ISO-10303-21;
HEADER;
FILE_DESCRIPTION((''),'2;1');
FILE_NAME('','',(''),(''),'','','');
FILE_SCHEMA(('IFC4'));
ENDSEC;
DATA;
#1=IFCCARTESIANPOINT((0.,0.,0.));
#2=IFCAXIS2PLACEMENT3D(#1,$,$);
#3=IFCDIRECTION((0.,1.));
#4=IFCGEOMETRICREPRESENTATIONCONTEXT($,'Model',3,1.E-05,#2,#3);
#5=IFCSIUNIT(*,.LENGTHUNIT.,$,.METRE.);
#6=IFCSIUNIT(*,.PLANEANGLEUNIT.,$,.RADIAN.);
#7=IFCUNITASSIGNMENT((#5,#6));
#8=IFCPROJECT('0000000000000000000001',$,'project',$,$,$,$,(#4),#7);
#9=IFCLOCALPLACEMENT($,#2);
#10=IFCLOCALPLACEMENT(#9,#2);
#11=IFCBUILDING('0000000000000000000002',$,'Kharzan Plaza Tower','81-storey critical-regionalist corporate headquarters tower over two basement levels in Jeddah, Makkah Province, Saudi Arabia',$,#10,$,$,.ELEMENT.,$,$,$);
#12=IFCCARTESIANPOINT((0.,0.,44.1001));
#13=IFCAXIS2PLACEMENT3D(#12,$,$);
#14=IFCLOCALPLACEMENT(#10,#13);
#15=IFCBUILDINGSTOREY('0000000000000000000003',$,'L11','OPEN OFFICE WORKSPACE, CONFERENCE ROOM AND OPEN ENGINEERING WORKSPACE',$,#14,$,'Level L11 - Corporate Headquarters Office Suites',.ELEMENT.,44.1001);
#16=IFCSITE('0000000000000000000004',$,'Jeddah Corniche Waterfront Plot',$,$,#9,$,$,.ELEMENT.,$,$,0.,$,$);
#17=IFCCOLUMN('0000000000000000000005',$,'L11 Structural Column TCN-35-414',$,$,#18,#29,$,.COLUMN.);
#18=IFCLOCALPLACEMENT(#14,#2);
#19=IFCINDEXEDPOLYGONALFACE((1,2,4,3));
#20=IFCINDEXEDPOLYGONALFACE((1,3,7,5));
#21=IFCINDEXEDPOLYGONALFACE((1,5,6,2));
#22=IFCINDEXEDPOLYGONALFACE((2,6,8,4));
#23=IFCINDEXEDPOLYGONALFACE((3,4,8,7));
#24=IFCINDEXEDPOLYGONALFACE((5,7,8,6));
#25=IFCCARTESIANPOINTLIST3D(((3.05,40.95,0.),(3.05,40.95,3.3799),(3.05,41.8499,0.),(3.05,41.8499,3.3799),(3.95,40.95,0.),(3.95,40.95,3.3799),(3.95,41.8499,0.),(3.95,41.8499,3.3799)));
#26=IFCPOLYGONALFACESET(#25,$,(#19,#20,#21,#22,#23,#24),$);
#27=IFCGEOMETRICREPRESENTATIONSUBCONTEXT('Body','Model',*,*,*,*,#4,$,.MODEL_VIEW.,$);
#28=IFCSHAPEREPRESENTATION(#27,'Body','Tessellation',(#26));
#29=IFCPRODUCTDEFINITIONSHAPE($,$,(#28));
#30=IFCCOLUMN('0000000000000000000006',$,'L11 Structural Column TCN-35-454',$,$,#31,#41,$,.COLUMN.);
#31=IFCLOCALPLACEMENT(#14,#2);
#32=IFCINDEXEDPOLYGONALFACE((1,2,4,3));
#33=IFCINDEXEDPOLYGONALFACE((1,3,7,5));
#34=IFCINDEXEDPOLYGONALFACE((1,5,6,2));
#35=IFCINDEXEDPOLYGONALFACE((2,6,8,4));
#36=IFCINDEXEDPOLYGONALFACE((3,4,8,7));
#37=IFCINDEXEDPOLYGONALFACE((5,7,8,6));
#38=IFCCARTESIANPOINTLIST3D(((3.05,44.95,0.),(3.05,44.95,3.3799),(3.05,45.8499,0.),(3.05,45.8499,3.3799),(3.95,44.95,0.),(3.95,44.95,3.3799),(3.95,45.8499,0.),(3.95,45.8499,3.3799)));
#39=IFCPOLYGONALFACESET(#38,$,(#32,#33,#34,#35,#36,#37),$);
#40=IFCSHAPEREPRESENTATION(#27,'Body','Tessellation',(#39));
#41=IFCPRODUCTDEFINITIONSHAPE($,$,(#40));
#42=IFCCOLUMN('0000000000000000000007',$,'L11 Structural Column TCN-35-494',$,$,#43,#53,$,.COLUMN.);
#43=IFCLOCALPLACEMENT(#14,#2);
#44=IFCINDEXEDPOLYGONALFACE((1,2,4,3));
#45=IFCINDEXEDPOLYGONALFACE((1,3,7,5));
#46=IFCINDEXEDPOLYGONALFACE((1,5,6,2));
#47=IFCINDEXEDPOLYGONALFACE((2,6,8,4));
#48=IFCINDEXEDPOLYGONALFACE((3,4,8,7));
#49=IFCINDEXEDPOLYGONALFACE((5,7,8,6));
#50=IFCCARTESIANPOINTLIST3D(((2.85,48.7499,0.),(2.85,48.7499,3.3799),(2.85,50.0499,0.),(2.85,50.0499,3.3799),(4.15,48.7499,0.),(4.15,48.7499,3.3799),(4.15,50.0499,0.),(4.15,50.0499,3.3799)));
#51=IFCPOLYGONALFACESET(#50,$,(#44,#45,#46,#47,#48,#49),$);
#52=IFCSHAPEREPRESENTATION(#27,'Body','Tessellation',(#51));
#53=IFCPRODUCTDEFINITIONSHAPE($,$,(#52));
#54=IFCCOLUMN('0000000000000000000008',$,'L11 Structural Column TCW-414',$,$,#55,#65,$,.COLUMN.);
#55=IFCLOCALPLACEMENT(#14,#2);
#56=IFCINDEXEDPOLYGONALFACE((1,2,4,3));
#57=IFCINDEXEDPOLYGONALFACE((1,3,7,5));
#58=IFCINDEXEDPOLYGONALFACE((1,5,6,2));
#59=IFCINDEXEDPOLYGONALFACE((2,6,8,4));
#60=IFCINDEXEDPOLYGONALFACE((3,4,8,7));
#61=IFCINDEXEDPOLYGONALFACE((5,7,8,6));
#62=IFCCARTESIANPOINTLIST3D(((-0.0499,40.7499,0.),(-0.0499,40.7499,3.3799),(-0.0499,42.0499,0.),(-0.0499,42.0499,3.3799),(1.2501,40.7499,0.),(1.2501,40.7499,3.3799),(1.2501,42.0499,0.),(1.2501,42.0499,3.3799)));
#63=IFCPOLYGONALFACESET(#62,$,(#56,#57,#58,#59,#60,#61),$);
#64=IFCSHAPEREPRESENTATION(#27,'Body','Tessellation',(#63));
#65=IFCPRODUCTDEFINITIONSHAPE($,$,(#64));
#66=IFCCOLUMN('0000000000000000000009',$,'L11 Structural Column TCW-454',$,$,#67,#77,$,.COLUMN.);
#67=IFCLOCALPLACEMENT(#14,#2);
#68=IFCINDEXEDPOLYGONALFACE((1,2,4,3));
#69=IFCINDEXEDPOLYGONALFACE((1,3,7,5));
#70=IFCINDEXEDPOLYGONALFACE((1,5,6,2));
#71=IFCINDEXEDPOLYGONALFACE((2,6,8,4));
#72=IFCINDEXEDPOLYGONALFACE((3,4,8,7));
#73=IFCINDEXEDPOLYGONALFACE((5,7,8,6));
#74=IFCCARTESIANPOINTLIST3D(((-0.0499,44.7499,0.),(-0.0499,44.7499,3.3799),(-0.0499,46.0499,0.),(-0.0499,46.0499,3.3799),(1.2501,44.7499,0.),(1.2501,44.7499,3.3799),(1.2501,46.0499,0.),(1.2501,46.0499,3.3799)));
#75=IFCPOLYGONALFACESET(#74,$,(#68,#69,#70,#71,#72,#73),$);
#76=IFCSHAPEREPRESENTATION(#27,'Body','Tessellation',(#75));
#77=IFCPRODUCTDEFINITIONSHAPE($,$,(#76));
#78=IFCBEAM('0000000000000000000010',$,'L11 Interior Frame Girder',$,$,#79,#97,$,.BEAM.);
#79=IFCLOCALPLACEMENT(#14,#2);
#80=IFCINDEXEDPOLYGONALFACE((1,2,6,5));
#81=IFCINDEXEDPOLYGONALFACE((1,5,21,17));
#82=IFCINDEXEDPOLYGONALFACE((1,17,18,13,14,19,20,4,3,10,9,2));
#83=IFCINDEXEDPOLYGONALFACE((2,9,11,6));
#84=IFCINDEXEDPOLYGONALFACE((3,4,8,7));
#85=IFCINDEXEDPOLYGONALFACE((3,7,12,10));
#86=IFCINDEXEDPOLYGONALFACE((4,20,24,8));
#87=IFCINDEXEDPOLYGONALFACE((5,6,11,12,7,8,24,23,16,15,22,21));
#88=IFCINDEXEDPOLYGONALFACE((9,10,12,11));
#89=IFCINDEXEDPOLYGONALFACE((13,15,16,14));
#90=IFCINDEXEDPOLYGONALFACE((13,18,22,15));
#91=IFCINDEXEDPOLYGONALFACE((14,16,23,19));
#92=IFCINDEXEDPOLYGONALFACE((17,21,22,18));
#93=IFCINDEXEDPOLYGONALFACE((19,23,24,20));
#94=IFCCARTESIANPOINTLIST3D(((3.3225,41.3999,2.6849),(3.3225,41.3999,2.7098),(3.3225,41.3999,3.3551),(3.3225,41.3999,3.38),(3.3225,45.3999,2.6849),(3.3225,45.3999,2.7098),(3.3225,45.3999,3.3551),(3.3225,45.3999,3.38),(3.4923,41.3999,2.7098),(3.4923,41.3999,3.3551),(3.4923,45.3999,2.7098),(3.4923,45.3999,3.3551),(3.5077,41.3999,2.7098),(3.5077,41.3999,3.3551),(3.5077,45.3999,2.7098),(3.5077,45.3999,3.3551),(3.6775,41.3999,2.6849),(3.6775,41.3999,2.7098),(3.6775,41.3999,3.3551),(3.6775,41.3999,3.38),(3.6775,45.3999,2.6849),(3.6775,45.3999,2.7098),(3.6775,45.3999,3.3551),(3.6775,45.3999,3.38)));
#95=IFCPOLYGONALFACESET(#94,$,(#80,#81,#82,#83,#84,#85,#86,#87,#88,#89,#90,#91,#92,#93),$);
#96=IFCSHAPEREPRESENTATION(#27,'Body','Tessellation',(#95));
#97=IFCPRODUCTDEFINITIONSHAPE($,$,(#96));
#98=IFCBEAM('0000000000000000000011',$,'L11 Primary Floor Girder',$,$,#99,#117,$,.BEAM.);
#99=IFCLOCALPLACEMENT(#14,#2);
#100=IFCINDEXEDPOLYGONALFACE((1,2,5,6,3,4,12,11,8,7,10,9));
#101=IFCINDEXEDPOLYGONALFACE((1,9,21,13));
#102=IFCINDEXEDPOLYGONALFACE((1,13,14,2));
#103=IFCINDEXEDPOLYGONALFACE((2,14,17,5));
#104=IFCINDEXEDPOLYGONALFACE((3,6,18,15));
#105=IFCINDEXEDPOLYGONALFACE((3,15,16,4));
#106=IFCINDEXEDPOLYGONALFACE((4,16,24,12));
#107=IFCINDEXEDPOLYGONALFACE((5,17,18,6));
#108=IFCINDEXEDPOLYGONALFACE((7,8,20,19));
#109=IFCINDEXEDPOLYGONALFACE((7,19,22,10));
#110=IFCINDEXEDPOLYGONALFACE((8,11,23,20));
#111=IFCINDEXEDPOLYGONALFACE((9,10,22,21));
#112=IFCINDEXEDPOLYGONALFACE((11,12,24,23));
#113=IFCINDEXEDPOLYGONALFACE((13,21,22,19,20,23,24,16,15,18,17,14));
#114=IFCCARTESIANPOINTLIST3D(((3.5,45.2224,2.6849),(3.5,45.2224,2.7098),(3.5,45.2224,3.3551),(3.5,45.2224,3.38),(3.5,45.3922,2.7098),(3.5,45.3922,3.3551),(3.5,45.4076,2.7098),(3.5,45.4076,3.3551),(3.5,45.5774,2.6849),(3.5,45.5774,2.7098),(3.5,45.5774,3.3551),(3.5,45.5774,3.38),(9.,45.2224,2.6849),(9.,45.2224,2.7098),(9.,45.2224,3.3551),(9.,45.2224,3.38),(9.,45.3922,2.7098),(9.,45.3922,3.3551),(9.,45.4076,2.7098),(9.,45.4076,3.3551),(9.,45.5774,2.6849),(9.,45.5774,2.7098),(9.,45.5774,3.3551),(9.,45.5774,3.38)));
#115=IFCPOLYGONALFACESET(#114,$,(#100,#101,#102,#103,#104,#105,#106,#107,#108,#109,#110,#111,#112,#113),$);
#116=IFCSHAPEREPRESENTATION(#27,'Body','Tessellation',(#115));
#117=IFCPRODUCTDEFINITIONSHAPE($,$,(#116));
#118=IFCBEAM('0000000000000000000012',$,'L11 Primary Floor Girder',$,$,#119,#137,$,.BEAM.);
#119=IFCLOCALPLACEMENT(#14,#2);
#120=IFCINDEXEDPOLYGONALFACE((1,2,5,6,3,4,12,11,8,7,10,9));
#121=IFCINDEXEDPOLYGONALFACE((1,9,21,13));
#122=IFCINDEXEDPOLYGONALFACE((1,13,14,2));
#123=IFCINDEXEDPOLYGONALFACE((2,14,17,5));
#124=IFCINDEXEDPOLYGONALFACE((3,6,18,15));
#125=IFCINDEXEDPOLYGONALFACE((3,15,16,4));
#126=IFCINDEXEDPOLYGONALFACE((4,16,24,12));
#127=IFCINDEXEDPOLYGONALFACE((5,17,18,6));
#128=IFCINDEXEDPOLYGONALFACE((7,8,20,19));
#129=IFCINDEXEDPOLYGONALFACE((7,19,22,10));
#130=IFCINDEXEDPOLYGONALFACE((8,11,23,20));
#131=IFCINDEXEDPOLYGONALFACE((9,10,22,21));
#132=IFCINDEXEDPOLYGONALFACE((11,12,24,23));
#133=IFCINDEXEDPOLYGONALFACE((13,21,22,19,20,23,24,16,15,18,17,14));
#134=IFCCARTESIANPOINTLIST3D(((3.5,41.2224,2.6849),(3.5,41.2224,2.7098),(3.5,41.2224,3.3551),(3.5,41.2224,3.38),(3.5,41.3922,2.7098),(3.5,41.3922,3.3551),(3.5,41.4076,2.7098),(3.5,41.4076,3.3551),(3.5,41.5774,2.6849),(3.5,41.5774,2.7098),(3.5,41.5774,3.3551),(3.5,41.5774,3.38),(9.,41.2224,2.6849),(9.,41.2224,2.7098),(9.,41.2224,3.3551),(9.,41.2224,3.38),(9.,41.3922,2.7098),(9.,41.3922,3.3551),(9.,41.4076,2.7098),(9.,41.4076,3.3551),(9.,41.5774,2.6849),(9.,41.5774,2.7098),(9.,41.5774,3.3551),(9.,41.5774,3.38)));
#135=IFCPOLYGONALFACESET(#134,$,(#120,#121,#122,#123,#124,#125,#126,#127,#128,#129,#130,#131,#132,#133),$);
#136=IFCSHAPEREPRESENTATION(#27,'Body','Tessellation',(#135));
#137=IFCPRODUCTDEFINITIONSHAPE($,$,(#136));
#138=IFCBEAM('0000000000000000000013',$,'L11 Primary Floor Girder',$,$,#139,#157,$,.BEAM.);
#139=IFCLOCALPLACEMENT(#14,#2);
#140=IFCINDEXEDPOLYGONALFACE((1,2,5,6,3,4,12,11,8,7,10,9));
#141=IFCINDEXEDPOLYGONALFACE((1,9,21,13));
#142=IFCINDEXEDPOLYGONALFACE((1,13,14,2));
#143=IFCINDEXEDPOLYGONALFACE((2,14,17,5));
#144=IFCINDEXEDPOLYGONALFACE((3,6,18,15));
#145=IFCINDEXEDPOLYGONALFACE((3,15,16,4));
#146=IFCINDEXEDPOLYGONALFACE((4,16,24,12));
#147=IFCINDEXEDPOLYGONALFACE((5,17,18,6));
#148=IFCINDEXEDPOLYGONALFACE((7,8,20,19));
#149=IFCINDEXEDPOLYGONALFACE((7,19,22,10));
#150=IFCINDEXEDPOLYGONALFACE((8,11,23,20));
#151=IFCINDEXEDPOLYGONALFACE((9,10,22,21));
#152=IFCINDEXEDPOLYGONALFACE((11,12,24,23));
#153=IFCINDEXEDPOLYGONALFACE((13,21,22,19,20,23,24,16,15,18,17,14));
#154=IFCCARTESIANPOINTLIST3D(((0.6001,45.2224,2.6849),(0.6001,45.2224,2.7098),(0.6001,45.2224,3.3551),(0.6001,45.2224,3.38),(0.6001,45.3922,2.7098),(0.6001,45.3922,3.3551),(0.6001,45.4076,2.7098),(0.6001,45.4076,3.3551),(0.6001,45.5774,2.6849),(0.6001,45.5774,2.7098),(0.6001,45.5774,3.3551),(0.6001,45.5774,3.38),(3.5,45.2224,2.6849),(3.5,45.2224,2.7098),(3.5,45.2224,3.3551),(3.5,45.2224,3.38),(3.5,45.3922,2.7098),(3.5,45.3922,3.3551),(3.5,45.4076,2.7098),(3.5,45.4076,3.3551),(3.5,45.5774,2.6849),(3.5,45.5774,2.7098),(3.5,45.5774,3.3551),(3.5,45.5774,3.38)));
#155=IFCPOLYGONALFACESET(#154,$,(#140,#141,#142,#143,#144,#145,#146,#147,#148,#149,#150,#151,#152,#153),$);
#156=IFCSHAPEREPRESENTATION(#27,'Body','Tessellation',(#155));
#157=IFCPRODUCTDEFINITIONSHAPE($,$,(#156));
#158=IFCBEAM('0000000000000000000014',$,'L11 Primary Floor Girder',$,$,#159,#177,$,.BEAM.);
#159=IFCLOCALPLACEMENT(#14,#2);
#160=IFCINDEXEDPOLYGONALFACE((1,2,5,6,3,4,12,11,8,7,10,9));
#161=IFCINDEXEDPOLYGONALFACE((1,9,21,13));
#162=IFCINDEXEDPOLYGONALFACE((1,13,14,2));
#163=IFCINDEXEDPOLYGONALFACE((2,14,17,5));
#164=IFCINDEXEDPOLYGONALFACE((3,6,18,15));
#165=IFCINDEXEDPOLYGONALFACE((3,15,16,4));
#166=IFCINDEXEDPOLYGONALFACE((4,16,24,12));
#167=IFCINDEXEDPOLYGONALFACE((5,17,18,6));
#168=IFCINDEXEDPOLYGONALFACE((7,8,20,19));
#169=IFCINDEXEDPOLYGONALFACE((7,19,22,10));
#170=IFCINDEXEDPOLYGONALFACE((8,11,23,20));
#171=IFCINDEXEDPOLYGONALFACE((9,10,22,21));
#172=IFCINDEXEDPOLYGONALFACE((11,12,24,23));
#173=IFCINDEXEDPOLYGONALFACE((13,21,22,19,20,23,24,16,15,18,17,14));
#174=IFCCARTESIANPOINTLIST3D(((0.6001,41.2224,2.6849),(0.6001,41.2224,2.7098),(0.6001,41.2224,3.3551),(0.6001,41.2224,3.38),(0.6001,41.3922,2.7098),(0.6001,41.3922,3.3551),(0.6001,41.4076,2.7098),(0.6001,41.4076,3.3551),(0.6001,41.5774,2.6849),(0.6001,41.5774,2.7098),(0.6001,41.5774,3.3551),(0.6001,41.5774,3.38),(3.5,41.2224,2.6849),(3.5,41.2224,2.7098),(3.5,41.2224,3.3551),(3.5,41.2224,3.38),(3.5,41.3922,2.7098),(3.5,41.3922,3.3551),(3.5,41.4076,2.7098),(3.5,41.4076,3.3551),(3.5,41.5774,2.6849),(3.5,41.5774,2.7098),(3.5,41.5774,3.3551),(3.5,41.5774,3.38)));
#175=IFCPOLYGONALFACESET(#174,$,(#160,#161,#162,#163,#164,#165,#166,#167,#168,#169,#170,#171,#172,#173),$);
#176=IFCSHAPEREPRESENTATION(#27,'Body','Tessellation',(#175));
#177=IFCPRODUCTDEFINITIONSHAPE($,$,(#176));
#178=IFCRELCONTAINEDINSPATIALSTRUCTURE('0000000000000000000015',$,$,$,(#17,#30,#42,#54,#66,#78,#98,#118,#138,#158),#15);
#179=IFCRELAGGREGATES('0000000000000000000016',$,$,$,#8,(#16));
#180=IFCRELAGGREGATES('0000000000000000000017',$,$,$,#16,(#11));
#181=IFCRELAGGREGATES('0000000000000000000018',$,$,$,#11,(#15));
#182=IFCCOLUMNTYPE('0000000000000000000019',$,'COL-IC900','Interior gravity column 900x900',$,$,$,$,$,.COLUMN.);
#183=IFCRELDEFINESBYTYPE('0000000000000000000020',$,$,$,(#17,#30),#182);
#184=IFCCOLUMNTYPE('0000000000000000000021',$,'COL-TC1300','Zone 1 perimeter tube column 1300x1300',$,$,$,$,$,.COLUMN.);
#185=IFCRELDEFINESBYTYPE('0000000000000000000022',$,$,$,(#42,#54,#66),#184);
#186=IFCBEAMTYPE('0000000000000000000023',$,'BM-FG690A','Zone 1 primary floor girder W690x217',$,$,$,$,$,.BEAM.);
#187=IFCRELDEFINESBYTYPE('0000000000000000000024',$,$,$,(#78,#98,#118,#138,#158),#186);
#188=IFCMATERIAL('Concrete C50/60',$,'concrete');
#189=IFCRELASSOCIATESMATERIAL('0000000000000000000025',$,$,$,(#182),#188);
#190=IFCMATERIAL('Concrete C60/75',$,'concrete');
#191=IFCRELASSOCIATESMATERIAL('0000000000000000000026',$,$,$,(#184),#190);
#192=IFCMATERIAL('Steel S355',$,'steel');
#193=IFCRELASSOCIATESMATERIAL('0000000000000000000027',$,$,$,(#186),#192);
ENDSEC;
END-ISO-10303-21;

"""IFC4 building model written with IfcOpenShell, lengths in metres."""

from ifc_helpers import new_model, si_unit, direction, frame, origin, origin_2d, place, context, subcontext, project, spatial, rectangle, i_section, extrude, source, transform, mapped, material, material_profile, profile_set, type_object, element, save


model = new_model("IFC4")

# Units and contexts
model_context = context("Model", 3, precision=1e-05, world=origin(), true_north=direction((0.0, 1.0)))
body_context = subcontext(model_context, "Body", "Model", "MODEL_VIEW")
ifc_project = project(units=[si_unit("LENGTHUNIT", "METRE"), si_unit("PLANEANGLEUNIT", "RADIAN")], contexts=[model_context])

# Site, building, storey
site_placement = place(None, origin())
site = spatial("IfcSite", under=ifc_project, at=site_placement, Name="Jeddah Corniche Waterfront Plot", CompositionType="ELEMENT", RefElevation=0.0)
building_placement = place(site_placement, origin())
building = spatial("IfcBuilding", under=site, at=building_placement, Name="Kharzan Plaza Tower", Description="81-storey critical-regionalist corporate headquarters tower over two basement levels in Jeddah, Makkah Province, Saudi Arabia", CompositionType="ELEMENT")
storey_placement = place(building_placement, frame((0.0, 0.0, 44.1001)))
storey = spatial("IfcBuildingStorey", under=building, at=storey_placement, Name="L11", Description="OPEN OFFICE WORKSPACE, CONFERENCE ROOM AND OPEN ENGINEERING WORKSPACE", LongName="Level L11 - Corporate Headquarters Office Suites", CompositionType="ELEMENT", Elevation=44.1001)

# Columns
ifc_material_1 = material(Name="Concrete C50/60", Category="concrete")
ifc_material_profile_1 = material_profile(ifc_material_1, rectangle(XDim=0.8999, YDim=0.8999, at=origin_2d()), Name="RC-IC900x900")
ifc_profile_set_1 = profile_set([ifc_material_profile_1], Name="Concrete C50/60")
column_type_1 = type_object("IfcColumnType", Name="COL-IC900", Description="Interior gravity column 900x900", PredefinedType="COLUMN", material=ifc_profile_set_1)
shared_shape_1 = source(origin(), body_context, "Body", "SweptSolid", [
    extrude(rectangle(XDim=0.8999, YDim=0.8999, at=origin_2d()), origin(), (0.0, 0.0, 1.0), 3.3799),
])
for number, where, z_axis, x_axis, name in (
    (1, (3.5, 41.3999, 0.0), (0.0, 0.0, 1.0), (1.0, 0.0, 0.0), "L11 Structural Column TCN-35-414"),
    (2, (3.5, 45.3999, 0.0), (0.0, 0.0, 1.0), (1.0, 0.0, 0.0), "L11 Structural Column TCN-35-454"),
):
    element("IfcColumn", number, at=place(storey_placement, frame(where, z_axis=z_axis, x_axis=x_axis)), inside=storey, type_object=column_type_1, Name=name, PredefinedType="COLUMN", context=body_context, shape_type="MappedRepresentation", body=[
        mapped(shared_shape_1, transform((0.0, 0.0, 0.0), x_axis=(1.0, 0.0, 0.0), y_axis=(0.0, 1.0, 0.0), z_axis=(0.0, 0.0, 1.0))),
    ])
ifc_material_2 = material(Name="Concrete C60/75", Category="concrete")
ifc_material_profile_2 = material_profile(ifc_material_2, rectangle(XDim=1.3, YDim=1.3, at=origin_2d()), Name="RC-TC1300x1300")
ifc_profile_set_2 = profile_set([ifc_material_profile_2], Name="Concrete C60/75")
column_type_2 = type_object("IfcColumnType", Name="COL-TC1300", Description="Zone 1 perimeter tube column 1300x1300", PredefinedType="COLUMN", material=ifc_profile_set_2)
shared_shape_2 = source(origin(), body_context, "Body", "SweptSolid", [
    extrude(rectangle(XDim=1.3, YDim=1.3, at=origin_2d()), origin(), (0.0, 0.0, 1.0), 3.3799),
])
for number, where, z_axis, x_axis, name in (
    (3, (3.5, 49.3999, 0.0), (0.0, 0.0, 1.0), (1.0, 0.0, 0.0), "L11 Structural Column TCN-35-494"),
    (4, (0.6001, 41.3999, 0.0), (0.0, 0.0, 1.0), (1.0, 0.0, 0.0), "L11 Structural Column TCW-414"),
    (5, (0.6001, 45.3999, 0.0), (0.0, 0.0, 1.0), (1.0, 0.0, 0.0), "L11 Structural Column TCW-454"),
):
    element("IfcColumn", number, at=place(storey_placement, frame(where, z_axis=z_axis, x_axis=x_axis)), inside=storey, type_object=column_type_2, Name=name, PredefinedType="COLUMN", context=body_context, shape_type="MappedRepresentation", body=[
        mapped(shared_shape_2, transform((0.0, 0.0, 0.0), x_axis=(1.0, 0.0, 0.0), y_axis=(0.0, 1.0, 0.0), z_axis=(0.0, 0.0, 1.0))),
    ])

# Beams
ifc_material_3 = material(Name="Steel S355", Category="steel")
ifc_material_profile_3 = material_profile(ifc_material_3, i_section(OverallWidth=0.355, OverallDepth=0.6951, WebThickness=0.0154, FlangeThickness=0.0249, at=origin_2d()), Name="W690x217")
ifc_profile_set_3 = profile_set([ifc_material_profile_3], Name="Steel S355")
beam_type_1 = type_object("IfcBeamType", Name="BM-FG690A", Description="Zone 1 primary floor girder W690x217", PredefinedType="BEAM", material=ifc_profile_set_3)
shared_shape_3 = source(origin(), body_context, "Body", "SweptSolid", [
    extrude(i_section(OverallWidth=0.355, OverallDepth=0.6951, WebThickness=0.0154, FlangeThickness=0.0249, at=origin_2d()), origin(), (0.0, 0.0, 1.0), 4.0),
])
beam_1_placement = place(storey_placement, frame((3.5, 41.3999, 3.0325), z_axis=(0.0, 1.0, 0.0), x_axis=(-1.0, 0.0, 0.0)))
element("IfcBeam", 6, at=beam_1_placement, inside=storey, type_object=beam_type_1, Name="L11 Interior Frame Girder", PredefinedType="BEAM", context=body_context, shape_type="MappedRepresentation", body=[
    mapped(shared_shape_3, transform((0.0, 0.0, 0.0), x_axis=(1.0, 0.0, 0.0), y_axis=(0.0, 1.0, 0.0), z_axis=(0.0, 0.0, 1.0))),
])
shared_shape_4 = source(origin(), body_context, "Body", "SweptSolid", [
    extrude(i_section(OverallWidth=0.355, OverallDepth=0.6951, WebThickness=0.0154, FlangeThickness=0.0249, at=origin_2d()), origin(), (0.0, 0.0, 1.0), 5.5),
])
for number, where, z_axis, x_axis, name in (
    (7, (3.5, 45.3999, 3.0325), (1.0, 0.0, 0.0), (0.0, 1.0, 0.0), "L11 Primary Floor Girder"),
    (8, (3.5, 41.3999, 3.0325), (1.0, 0.0, 0.0), (0.0, 1.0, 0.0), "L11 Primary Floor Girder"),
):
    element("IfcBeam", number, at=place(storey_placement, frame(where, z_axis=z_axis, x_axis=x_axis)), inside=storey, type_object=beam_type_1, Name=name, PredefinedType="BEAM", context=body_context, shape_type="MappedRepresentation", body=[
        mapped(shared_shape_4, transform((0.0, 0.0, 0.0), x_axis=(1.0, 0.0, 0.0), y_axis=(0.0, 1.0, 0.0), z_axis=(0.0, 0.0, 1.0))),
    ])
shared_shape_5 = source(origin(), body_context, "Body", "SweptSolid", [
    extrude(i_section(OverallWidth=0.355, OverallDepth=0.6951, WebThickness=0.0154, FlangeThickness=0.0249, at=origin_2d()), origin(), (0.0, 0.0, 1.0), 2.8999),
])
for number, where, z_axis, x_axis, name in (
    (9, (0.6001, 45.3999, 3.0325), (1.0, 0.0, 0.0), (0.0, 1.0, 0.0), "L11 Primary Floor Girder"),
    (10, (0.6001, 41.3999, 3.0325), (1.0, 0.0, 0.0), (0.0, 1.0, 0.0), "L11 Primary Floor Girder"),
):
    element("IfcBeam", number, at=place(storey_placement, frame(where, z_axis=z_axis, x_axis=x_axis)), inside=storey, type_object=beam_type_1, Name=name, PredefinedType="BEAM", context=body_context, shape_type="MappedRepresentation", body=[
        mapped(shared_shape_5, transform((0.0, 0.0, 0.0), x_axis=(1.0, 0.0, 0.0), y_axis=(0.0, 1.0, 0.0), z_axis=(0.0, 0.0, 1.0))),
    ])

save(model, "model.ifc")
